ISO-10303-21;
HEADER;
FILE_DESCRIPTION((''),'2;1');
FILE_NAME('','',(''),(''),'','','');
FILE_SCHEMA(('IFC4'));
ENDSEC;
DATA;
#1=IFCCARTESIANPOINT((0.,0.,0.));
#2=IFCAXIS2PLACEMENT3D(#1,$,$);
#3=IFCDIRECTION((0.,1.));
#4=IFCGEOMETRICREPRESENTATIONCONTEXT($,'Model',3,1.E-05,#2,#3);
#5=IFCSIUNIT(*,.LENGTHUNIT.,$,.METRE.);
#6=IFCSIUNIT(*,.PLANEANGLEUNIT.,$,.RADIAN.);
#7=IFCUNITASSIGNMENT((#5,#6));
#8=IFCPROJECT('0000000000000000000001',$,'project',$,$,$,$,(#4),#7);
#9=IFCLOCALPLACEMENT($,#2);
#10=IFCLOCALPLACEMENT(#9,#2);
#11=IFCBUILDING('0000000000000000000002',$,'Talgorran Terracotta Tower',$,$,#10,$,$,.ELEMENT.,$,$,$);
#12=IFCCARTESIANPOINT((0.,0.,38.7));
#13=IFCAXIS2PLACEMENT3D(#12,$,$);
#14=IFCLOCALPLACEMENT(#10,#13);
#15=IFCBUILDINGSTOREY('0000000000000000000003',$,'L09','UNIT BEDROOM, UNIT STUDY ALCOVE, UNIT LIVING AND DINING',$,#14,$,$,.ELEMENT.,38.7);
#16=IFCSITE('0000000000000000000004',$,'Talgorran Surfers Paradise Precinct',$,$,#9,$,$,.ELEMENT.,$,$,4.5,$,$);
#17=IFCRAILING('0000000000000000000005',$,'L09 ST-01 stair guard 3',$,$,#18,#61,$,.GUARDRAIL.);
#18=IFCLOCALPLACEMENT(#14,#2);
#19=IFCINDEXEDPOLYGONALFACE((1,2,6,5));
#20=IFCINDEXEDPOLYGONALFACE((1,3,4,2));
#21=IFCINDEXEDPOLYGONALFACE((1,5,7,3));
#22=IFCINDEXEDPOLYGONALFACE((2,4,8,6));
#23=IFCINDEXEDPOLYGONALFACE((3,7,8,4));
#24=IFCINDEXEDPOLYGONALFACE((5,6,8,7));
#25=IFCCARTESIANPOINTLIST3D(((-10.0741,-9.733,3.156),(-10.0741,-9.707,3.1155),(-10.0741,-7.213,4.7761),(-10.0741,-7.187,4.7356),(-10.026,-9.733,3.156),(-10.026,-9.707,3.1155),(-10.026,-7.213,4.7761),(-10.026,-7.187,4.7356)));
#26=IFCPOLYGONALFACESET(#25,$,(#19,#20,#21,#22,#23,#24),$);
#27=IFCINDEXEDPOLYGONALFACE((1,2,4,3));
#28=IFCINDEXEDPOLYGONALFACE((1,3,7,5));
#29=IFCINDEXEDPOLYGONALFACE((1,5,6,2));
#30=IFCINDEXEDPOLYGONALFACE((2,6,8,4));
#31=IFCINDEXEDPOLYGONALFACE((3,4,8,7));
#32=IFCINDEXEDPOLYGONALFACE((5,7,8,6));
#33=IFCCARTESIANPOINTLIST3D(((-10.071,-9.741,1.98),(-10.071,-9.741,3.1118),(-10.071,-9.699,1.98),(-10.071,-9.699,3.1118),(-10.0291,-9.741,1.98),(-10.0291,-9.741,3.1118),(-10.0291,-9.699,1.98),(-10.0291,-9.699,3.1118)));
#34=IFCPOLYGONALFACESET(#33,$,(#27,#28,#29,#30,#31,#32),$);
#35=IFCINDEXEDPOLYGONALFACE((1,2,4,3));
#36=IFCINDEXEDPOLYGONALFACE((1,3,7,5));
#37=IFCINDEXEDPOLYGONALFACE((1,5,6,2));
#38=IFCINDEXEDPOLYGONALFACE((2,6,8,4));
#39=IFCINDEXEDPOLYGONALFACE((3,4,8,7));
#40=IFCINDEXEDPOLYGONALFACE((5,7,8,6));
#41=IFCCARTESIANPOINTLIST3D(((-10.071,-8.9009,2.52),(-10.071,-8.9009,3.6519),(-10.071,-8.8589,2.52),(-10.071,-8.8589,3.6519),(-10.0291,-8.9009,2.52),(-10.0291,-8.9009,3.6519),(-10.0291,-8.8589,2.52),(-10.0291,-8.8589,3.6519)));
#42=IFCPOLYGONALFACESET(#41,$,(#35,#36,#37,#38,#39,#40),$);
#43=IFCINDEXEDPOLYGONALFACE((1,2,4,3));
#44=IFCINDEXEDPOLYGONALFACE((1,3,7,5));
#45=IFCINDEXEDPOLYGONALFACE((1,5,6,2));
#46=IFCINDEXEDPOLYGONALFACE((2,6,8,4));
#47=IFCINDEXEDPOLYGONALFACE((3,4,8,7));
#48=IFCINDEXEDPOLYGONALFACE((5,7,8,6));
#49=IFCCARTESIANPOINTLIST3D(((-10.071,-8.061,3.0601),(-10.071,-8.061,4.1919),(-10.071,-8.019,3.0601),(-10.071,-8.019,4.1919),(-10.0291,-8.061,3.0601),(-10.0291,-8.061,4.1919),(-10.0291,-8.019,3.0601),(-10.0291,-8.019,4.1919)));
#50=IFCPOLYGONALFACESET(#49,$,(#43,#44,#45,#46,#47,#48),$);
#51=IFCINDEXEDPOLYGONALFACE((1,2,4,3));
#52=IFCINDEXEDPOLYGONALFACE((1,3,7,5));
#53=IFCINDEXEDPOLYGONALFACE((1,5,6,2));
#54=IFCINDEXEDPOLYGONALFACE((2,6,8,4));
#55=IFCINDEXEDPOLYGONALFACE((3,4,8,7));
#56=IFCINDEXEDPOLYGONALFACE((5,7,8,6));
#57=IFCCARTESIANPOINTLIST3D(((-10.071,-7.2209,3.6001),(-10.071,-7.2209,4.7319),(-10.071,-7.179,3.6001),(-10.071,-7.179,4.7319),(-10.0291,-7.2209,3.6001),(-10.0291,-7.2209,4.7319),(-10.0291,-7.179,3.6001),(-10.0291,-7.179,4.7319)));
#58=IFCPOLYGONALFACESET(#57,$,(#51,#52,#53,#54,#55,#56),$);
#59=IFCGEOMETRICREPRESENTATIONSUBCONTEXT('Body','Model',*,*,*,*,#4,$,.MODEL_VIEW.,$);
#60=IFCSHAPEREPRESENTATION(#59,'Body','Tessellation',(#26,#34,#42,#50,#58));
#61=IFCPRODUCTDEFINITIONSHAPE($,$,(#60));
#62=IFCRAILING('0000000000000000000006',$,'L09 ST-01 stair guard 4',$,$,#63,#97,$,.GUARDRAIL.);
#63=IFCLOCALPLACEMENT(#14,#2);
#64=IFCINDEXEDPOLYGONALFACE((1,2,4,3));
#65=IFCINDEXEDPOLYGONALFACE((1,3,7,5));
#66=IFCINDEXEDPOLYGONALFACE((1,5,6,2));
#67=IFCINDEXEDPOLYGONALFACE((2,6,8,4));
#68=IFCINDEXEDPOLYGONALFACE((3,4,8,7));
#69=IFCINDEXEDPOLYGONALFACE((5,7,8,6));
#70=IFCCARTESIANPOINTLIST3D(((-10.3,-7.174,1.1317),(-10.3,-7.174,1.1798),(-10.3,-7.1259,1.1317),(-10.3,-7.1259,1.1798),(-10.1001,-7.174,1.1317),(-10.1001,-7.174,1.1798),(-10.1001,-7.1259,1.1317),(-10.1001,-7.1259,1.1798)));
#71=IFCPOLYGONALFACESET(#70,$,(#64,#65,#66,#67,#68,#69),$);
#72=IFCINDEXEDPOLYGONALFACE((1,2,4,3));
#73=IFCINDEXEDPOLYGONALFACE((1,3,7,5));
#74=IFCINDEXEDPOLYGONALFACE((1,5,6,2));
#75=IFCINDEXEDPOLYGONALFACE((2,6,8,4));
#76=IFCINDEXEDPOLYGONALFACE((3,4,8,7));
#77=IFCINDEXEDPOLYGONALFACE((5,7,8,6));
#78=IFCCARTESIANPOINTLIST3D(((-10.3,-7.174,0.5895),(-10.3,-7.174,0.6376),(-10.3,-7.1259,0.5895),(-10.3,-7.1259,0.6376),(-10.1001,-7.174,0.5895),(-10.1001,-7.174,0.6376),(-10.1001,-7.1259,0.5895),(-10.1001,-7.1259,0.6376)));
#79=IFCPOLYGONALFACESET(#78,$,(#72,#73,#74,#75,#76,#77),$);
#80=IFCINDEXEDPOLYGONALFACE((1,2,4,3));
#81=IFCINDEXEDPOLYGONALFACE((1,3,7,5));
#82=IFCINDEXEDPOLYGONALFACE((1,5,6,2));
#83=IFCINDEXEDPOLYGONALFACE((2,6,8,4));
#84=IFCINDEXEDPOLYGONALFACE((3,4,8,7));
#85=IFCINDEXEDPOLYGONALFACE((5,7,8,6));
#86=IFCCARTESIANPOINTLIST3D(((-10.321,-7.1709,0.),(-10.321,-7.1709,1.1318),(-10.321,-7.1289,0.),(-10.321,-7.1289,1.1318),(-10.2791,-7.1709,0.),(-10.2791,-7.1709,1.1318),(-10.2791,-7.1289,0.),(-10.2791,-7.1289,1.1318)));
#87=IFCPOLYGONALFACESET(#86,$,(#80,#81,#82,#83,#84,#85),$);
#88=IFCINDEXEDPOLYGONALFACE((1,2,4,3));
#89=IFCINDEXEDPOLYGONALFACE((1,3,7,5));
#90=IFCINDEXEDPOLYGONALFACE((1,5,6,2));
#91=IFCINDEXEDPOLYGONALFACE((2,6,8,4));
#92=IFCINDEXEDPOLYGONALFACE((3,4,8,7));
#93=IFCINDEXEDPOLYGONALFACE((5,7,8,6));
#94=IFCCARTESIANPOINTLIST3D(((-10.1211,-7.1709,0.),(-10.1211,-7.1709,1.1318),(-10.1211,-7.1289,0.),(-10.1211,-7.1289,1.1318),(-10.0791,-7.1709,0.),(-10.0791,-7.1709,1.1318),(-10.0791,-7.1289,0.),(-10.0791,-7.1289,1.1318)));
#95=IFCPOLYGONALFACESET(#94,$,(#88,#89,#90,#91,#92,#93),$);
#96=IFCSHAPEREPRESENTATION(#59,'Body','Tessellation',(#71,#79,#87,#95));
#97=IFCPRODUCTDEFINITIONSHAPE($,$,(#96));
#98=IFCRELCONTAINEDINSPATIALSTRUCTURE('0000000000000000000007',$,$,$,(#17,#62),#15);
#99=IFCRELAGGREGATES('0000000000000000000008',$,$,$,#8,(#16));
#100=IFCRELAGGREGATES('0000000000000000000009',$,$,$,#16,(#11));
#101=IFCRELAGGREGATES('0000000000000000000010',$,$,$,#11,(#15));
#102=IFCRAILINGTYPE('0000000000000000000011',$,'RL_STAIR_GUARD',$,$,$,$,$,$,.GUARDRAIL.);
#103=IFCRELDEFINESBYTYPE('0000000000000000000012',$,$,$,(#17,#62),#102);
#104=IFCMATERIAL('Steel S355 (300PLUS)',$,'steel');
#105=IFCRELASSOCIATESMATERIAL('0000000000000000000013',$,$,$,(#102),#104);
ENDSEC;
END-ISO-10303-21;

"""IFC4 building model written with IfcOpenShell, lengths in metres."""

from ifc_helpers import new_model, si_unit, direction, frame, origin, origin_2d, place, context, subcontext, project, spatial, rectangle, extrude, material, type_object, element, save


model = new_model("IFC4")

# Units and contexts
model_context = context("Model", 3, precision=1e-05, world=origin(), true_north=direction((0.0, 1.0)))
body_context = subcontext(model_context, "Body", "Model", "MODEL_VIEW")
ifc_project = project(units=[si_unit("LENGTHUNIT", "METRE"), si_unit("PLANEANGLEUNIT", "RADIAN")], contexts=[model_context])

# Site, building, storey
site_placement = place(None, origin())
site = spatial("IfcSite", under=ifc_project, at=site_placement, Name="Talgorran Surfers Paradise Precinct", CompositionType="ELEMENT", RefElevation=4.5)
building_placement = place(site_placement, origin())
building = spatial("IfcBuilding", under=site, at=building_placement, Name="Talgorran Terracotta Tower", CompositionType="ELEMENT")
storey_placement = place(building_placement, frame((0.0, 0.0, 38.7)))
storey = spatial("IfcBuildingStorey", under=building, at=storey_placement, Name="L09", Description="UNIT BEDROOM, UNIT STUDY ALCOVE, UNIT LIVING AND DINING", CompositionType="ELEMENT", Elevation=38.7)

# Railings
ifc_material_1 = material(Name="Steel S355 (300PLUS)", Category="steel")
railing_type_1 = type_object("IfcRailingType", Name="RL_STAIR_GUARD", PredefinedType="GUARDRAIL", material=ifc_material_1)
railing_1_placement = place(storey_placement, frame((-10.05, -9.72, 1.98)))
element("IfcRailing", 1, at=railing_1_placement, inside=storey, type_object=railing_type_1, Name="L09 ST-01 stair guard 3", PredefinedType="GUARDRAIL", context=body_context, shape_type="SweptSolid", body=[
    extrude(rectangle(XDim=0.0481, YDim=0.0481, at=origin_2d()), frame((0.0, 0.0, 1.1558), z_axis=(0.0, 0.841163, 0.540782), x_axis=(-1.0, 0.0, 0.0)), (0.0, 0.0, 1.0), 2.9958),
    extrude(rectangle(XDim=0.042, YDim=0.042, at=origin_2d()), origin(), (0.0, 0.0, 1.0), 1.1318),
    extrude(rectangle(XDim=0.042, YDim=0.042, at=origin_2d()), frame((0.0, 0.8401, 0.54)), (0.0, 0.0, 1.0), 1.1318),
    extrude(rectangle(XDim=0.042, YDim=0.042, at=origin_2d()), frame((0.0, 1.6799, 1.0801)), (0.0, 0.0, 1.0), 1.1318),
    extrude(rectangle(XDim=0.042, YDim=0.042, at=origin_2d()), frame((0.0, 2.52, 1.6201)), (0.0, 0.0, 1.0), 1.1318),
])
railing_2_placement = place(storey_placement, frame((-10.3, -7.1499, 0.0)))
element("IfcRailing", 2, at=railing_2_placement, inside=storey, type_object=railing_type_1, Name="L09 ST-01 stair guard 4", PredefinedType="GUARDRAIL", context=body_context, shape_type="SweptSolid", body=[
    extrude(rectangle(XDim=0.0481, YDim=0.0481, at=origin_2d()), frame((0.0, 0.0, 1.1558), z_axis=(1.0, 0.0, 0.0), x_axis=(0.0, 1.0, 0.0)), (0.0, 0.0, 1.0), 0.2),
    extrude(rectangle(XDim=0.0481, YDim=0.0481, at=origin_2d()), frame((0.0, 0.0, 0.6135), z_axis=(1.0, 0.0, 0.0), x_axis=(0.0, 1.0, 0.0)), (0.0, 0.0, 1.0), 0.2),
    extrude(rectangle(XDim=0.042, YDim=0.042, at=origin_2d()), origin(), (0.0, 0.0, 1.0), 1.1318),
    extrude(rectangle(XDim=0.042, YDim=0.042, at=origin_2d()), frame((0.2, 0.0, 0.0)), (0.0, 0.0, 1.0), 1.1318),
])

save(model, "model.ifc")
